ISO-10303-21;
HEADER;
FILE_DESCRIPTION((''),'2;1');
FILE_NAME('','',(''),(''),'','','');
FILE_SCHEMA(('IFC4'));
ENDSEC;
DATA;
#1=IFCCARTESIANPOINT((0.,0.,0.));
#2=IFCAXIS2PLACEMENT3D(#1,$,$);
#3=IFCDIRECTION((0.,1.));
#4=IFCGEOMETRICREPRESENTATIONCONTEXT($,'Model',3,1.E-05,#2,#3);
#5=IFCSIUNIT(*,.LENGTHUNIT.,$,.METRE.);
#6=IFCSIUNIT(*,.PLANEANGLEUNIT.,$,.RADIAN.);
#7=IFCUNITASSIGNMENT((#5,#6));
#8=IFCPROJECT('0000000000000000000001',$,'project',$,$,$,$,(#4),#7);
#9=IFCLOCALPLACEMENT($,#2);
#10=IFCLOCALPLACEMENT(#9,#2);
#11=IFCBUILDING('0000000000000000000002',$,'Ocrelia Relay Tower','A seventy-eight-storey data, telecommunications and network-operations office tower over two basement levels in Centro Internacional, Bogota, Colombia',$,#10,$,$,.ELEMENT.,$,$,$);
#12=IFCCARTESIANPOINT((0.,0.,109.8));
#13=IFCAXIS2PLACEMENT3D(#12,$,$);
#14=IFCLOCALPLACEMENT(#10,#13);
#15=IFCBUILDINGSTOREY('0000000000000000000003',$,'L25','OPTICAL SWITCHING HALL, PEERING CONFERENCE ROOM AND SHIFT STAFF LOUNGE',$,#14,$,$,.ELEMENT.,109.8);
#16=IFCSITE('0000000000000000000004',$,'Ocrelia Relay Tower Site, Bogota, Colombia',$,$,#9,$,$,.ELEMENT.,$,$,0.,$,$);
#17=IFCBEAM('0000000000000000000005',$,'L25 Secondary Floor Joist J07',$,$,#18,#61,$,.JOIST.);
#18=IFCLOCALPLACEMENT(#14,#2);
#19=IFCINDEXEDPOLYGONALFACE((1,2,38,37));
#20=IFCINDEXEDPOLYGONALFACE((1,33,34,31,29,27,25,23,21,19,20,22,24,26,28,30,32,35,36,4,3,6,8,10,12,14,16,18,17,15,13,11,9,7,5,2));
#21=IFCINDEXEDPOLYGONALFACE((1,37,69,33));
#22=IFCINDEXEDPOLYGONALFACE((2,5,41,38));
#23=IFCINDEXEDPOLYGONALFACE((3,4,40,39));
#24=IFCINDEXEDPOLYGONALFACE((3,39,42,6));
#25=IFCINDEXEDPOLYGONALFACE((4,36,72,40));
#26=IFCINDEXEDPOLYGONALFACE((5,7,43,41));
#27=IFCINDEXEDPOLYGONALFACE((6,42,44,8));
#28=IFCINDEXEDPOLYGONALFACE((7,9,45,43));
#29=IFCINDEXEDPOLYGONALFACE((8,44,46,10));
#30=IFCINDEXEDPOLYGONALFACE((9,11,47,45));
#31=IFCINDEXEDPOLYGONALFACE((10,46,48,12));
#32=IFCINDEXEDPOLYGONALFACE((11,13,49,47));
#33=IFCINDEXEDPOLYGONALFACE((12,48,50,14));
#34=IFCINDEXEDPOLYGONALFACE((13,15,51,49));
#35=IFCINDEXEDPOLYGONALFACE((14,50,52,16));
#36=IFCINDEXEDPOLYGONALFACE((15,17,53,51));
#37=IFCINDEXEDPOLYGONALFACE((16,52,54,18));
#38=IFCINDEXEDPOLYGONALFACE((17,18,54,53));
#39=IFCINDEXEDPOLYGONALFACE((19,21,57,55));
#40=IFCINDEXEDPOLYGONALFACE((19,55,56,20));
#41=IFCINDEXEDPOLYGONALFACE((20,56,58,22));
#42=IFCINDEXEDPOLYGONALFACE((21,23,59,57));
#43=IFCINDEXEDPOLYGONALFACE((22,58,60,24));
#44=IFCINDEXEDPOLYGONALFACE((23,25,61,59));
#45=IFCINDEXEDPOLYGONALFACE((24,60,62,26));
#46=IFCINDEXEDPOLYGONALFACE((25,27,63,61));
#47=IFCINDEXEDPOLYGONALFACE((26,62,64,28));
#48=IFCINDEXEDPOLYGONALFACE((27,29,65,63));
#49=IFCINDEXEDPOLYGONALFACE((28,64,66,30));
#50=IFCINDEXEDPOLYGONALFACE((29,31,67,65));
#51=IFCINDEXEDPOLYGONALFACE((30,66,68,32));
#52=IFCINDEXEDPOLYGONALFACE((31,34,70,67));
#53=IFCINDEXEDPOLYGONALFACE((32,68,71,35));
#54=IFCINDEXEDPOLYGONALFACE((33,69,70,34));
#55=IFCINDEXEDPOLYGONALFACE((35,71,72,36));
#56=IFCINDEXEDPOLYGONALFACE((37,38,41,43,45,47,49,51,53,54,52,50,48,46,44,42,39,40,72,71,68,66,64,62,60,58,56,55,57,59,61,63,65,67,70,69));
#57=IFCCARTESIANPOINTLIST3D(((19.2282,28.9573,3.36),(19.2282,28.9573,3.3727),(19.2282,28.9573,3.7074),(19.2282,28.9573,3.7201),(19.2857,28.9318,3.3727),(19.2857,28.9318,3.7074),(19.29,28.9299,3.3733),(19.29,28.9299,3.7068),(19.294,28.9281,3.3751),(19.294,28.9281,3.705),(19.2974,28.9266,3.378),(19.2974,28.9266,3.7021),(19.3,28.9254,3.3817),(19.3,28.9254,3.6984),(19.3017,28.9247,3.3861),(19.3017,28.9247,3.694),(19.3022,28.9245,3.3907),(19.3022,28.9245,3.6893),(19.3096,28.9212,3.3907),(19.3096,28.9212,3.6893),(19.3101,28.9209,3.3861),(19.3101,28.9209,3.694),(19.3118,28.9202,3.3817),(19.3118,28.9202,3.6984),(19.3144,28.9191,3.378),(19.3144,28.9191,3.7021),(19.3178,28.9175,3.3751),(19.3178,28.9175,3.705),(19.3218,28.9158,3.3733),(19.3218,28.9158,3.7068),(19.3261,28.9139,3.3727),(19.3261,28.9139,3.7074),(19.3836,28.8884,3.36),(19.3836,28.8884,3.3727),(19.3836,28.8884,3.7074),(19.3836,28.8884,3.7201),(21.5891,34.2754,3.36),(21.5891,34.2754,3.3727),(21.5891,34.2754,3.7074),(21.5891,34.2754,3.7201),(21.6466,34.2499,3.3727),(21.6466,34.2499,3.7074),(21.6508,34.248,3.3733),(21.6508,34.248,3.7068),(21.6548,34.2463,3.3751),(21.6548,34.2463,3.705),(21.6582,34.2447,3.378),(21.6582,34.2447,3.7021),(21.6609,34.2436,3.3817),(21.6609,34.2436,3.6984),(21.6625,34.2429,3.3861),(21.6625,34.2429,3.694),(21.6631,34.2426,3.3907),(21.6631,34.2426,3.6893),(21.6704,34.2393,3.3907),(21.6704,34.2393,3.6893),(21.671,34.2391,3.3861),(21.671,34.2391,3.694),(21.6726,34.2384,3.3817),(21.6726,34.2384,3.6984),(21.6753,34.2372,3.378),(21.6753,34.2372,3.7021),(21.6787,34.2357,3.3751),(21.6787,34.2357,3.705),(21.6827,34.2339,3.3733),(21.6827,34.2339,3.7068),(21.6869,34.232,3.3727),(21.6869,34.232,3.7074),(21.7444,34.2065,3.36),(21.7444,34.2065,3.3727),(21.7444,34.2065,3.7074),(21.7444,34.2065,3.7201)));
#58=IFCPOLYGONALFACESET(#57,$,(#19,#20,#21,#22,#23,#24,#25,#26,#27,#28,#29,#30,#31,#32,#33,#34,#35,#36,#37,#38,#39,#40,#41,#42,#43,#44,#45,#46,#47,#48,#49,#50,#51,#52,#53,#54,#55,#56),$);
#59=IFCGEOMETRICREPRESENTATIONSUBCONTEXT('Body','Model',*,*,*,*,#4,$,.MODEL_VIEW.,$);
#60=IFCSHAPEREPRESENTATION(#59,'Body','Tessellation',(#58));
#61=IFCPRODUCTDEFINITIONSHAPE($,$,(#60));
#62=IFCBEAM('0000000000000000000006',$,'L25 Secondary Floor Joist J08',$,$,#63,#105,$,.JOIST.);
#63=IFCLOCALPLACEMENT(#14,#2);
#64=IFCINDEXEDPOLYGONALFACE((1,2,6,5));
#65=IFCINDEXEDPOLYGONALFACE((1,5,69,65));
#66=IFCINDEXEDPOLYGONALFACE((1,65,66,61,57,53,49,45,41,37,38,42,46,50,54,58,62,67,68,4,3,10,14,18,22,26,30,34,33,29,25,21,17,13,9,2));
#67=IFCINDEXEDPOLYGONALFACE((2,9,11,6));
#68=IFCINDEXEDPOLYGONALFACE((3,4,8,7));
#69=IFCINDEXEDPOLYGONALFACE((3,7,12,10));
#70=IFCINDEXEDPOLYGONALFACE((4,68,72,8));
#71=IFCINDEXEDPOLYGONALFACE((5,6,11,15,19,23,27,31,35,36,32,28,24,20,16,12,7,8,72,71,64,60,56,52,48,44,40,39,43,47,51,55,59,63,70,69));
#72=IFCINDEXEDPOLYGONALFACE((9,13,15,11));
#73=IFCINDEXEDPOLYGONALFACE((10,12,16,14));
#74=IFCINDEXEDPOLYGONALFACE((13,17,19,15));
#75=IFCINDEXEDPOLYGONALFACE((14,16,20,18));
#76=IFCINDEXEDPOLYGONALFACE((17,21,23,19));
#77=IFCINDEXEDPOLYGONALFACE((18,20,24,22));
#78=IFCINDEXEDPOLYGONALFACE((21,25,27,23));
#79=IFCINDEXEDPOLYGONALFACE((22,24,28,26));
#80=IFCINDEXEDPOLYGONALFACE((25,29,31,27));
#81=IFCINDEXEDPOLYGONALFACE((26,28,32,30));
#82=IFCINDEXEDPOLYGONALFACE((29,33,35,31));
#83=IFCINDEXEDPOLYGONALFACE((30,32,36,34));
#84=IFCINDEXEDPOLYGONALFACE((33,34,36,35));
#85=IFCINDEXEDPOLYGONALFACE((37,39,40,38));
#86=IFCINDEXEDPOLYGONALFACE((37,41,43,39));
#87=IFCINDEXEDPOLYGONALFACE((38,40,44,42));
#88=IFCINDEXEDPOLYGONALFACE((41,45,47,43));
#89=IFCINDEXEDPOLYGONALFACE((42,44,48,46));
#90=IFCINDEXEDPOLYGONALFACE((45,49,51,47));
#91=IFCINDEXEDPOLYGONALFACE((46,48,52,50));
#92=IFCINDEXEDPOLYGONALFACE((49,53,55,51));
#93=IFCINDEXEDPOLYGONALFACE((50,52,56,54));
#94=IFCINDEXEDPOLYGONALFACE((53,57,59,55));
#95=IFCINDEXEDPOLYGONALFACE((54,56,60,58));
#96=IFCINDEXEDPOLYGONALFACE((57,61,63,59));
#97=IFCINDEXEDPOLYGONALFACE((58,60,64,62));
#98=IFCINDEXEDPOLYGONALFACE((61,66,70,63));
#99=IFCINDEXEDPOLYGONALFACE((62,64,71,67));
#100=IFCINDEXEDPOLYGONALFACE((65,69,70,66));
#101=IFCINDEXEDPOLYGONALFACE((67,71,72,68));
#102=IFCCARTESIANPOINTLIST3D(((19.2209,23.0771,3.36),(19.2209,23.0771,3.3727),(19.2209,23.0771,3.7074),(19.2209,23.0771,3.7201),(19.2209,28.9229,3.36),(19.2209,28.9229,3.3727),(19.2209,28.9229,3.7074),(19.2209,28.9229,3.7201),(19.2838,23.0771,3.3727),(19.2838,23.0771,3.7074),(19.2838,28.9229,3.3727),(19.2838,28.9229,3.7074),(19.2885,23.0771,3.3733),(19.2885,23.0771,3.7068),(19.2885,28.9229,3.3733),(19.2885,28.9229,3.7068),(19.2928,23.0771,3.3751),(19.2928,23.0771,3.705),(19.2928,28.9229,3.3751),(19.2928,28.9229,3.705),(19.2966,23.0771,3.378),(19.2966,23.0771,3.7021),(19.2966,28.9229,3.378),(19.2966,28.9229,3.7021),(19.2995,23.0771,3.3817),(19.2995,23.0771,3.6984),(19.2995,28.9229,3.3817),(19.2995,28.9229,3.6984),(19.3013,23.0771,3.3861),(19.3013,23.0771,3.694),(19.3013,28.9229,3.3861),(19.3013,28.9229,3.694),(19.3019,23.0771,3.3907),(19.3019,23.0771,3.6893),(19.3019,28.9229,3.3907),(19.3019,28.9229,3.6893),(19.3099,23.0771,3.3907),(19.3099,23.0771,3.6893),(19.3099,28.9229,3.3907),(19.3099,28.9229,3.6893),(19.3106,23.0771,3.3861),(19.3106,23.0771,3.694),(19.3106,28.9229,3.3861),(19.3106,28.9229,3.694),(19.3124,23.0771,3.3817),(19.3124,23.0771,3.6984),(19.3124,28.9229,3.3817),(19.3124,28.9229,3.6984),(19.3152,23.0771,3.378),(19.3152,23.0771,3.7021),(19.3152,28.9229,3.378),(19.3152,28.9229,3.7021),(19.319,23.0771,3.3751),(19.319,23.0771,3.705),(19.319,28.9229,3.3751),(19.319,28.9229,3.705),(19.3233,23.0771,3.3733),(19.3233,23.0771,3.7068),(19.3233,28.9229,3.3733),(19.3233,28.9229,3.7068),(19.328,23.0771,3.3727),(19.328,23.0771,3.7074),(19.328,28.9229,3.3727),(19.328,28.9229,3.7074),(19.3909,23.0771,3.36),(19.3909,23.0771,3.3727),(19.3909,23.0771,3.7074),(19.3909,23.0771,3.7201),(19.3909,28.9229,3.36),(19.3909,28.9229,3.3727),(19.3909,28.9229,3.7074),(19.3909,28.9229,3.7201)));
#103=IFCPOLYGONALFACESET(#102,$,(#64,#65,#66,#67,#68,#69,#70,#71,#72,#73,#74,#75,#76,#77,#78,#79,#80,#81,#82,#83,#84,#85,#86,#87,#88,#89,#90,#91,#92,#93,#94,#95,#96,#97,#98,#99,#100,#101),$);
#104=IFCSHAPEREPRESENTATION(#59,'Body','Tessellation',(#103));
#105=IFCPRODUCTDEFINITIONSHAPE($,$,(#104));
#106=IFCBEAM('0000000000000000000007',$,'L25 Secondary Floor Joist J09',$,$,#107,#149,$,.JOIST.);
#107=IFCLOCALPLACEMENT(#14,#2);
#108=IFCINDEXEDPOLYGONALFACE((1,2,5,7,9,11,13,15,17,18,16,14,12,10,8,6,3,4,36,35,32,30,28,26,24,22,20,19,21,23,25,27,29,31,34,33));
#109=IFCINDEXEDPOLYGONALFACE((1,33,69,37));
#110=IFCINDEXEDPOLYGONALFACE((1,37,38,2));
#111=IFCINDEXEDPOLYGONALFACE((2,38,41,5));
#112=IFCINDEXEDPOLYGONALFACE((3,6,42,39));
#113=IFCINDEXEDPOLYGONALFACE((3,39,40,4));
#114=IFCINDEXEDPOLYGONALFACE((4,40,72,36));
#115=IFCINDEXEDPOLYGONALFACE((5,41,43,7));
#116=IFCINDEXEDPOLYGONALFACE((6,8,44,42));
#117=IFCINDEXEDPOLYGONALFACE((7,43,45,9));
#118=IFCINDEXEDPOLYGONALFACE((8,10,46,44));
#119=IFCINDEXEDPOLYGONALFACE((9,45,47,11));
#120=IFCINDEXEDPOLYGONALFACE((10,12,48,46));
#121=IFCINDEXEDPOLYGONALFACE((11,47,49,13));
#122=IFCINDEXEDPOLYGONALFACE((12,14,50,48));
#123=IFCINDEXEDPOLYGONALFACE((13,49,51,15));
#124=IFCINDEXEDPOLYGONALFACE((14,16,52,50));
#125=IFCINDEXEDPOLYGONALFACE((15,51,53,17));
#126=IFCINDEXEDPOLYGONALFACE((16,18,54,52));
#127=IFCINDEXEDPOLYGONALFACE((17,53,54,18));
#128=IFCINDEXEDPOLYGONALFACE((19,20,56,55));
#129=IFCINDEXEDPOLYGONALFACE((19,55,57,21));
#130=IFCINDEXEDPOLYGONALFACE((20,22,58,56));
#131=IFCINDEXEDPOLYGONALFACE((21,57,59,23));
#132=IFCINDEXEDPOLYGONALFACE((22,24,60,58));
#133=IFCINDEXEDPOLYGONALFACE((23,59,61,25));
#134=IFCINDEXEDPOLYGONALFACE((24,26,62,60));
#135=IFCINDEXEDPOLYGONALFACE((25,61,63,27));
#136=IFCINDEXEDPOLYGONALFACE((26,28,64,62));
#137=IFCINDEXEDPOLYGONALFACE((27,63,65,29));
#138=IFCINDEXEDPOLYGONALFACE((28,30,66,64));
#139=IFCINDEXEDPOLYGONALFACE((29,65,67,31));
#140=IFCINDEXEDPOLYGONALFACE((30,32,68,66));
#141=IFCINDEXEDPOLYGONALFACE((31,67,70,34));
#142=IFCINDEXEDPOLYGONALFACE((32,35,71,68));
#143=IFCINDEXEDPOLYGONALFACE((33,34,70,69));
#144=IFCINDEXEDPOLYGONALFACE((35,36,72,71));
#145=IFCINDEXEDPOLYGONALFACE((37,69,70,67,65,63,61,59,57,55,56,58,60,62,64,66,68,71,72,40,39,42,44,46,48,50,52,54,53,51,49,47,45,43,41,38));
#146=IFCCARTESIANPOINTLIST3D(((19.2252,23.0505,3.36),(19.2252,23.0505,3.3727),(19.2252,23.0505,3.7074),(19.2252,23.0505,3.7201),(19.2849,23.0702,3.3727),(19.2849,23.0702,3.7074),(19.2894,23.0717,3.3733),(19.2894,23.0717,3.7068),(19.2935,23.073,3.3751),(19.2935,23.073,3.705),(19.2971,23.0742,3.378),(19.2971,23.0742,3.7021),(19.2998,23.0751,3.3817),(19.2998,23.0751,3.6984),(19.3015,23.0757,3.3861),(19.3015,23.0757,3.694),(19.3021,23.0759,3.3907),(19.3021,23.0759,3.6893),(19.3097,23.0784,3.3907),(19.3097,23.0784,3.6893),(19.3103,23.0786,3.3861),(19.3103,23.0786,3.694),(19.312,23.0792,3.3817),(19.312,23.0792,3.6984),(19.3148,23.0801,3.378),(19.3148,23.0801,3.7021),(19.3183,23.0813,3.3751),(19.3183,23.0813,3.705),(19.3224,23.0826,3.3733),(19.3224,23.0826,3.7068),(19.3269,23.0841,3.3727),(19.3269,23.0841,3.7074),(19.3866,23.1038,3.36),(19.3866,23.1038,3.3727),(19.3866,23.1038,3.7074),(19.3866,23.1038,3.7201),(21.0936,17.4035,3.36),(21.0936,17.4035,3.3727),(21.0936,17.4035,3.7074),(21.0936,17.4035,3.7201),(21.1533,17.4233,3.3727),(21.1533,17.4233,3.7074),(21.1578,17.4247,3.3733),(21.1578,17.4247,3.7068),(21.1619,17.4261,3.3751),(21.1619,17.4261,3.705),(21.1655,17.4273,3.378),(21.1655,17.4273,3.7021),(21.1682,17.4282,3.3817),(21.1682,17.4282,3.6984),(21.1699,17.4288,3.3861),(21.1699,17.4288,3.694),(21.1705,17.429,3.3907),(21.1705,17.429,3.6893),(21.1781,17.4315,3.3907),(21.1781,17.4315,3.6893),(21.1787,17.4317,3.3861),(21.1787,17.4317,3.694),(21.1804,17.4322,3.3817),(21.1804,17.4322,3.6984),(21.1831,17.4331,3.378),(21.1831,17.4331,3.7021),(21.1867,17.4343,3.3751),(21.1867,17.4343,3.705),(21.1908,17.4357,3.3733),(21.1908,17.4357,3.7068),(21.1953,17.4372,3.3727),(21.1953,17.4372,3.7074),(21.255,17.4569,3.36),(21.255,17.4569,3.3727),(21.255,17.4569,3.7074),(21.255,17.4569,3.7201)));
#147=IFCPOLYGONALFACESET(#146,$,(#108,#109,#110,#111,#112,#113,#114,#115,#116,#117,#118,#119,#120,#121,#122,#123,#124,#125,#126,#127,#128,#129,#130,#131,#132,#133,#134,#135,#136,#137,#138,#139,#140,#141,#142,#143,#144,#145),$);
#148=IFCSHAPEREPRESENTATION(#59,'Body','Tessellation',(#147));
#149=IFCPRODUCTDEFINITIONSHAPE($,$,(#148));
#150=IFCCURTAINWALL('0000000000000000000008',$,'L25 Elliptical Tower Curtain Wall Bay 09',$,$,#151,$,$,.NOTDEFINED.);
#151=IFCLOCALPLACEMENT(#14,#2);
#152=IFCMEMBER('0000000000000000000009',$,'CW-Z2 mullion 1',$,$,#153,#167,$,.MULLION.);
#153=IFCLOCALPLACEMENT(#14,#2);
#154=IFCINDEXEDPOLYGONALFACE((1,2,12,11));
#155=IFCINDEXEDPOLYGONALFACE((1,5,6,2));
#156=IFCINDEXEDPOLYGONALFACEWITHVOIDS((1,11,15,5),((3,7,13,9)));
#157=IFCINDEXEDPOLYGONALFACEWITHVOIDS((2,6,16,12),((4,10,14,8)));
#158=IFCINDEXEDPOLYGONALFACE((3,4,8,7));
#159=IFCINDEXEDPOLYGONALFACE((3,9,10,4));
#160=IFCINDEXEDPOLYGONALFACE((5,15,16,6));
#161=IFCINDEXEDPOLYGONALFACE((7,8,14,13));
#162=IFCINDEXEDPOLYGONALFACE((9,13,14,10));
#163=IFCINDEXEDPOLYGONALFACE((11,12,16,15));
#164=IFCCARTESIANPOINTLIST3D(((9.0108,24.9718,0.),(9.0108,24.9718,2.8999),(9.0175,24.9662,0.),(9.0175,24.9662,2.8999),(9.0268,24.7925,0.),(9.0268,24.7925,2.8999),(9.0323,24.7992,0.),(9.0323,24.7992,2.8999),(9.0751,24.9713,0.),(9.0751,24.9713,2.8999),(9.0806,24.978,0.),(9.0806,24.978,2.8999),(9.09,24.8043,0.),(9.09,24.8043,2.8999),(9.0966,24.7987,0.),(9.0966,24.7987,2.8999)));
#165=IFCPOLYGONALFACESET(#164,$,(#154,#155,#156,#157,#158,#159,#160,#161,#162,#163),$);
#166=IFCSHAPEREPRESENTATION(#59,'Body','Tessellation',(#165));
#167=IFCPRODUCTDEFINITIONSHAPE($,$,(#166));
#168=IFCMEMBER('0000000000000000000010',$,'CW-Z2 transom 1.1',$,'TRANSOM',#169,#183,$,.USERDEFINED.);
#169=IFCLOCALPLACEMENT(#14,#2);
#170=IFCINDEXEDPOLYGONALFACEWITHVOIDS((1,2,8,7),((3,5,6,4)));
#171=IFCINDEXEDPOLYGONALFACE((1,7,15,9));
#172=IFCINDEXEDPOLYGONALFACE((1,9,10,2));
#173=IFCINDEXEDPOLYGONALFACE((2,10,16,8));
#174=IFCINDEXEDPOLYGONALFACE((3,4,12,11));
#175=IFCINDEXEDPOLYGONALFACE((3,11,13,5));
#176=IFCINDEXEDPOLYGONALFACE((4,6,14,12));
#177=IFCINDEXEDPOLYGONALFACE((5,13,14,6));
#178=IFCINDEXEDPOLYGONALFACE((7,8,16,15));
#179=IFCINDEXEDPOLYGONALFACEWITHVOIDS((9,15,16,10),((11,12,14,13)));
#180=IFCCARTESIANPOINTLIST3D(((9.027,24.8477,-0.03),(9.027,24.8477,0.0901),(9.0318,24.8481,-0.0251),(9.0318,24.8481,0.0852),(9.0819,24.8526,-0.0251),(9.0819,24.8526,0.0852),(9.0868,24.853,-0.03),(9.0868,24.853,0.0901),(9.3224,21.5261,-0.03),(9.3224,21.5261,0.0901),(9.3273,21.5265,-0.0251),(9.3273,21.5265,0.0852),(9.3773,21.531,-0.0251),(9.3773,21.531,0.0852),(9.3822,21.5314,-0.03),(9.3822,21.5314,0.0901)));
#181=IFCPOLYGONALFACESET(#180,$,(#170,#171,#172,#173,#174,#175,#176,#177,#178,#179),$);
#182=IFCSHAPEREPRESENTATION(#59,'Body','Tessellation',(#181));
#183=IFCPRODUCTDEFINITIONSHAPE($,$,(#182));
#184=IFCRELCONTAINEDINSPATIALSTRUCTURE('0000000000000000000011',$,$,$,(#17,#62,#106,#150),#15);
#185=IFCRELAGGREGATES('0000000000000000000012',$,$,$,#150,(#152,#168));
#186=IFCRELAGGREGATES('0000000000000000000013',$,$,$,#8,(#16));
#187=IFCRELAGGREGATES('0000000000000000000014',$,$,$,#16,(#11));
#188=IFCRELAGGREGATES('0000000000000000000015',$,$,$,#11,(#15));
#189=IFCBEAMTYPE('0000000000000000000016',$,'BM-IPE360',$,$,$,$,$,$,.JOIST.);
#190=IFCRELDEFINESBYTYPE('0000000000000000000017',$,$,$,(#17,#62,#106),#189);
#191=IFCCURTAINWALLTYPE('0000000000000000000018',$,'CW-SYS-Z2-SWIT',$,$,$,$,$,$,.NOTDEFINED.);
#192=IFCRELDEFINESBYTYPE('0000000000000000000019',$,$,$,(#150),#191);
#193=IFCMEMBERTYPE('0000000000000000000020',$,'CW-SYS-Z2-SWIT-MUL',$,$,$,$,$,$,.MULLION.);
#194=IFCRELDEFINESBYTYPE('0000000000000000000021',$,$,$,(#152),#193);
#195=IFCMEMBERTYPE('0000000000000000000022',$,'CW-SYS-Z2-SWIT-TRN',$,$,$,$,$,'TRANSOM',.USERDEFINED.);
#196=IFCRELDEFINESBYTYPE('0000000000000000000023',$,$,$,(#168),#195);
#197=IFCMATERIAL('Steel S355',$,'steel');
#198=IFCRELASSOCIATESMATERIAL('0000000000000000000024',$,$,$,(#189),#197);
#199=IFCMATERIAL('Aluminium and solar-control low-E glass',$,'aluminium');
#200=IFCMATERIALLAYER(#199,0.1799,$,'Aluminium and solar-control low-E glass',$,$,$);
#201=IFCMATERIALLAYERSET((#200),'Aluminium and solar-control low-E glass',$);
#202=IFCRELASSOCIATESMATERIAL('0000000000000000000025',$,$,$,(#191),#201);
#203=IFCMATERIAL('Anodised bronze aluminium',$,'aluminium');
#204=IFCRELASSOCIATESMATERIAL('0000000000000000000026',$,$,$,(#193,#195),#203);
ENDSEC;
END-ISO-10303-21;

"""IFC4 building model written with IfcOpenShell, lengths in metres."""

from ifc_helpers import new_model, si_unit, direction, frame, origin, origin_2d, place, context, subcontext, project, spatial, hollow_rectangle, i_section, extrude, material, layer, layer_set, material_profile, profile_set, type_object, element, aggregate, save


model = new_model("IFC4")

# Units and contexts
model_context = context("Model", 3, precision=1e-05, world=origin(), true_north=direction((0.0, 1.0)))
body_context = subcontext(model_context, "Body", "Model", "MODEL_VIEW")
ifc_project = project(units=[si_unit("LENGTHUNIT", "METRE"), si_unit("PLANEANGLEUNIT", "RADIAN")], contexts=[model_context])

# Site, building, storey
site_placement = place(None, origin())
site = spatial("IfcSite", under=ifc_project, at=site_placement, Name="Ocrelia Relay Tower Site, Bogota, Colombia", CompositionType="ELEMENT", RefElevation=0.0)
building_placement = place(site_placement, origin())
building = spatial("IfcBuilding", under=site, at=building_placement, Name="Ocrelia Relay Tower", Description="A seventy-eight-storey data, telecommunications and network-operations office tower over two basement levels in Centro Internacional, Bogota, Colombia", CompositionType="ELEMENT")
storey_placement = place(building_placement, frame((0.0, 0.0, 109.8)))
storey = spatial("IfcBuildingStorey", under=building, at=storey_placement, Name="L25", Description="OPTICAL SWITCHING HALL, PEERING CONFERENCE ROOM AND SHIFT STAFF LOUNGE", CompositionType="ELEMENT", Elevation=109.8)

# Beams
ifc_material_1 = material(Name="Steel S355", Category="steel")
ifc_material_profile_1 = material_profile(ifc_material_1, i_section(OverallWidth=0.1699, OverallDepth=0.3601, WebThickness=0.0081, FlangeThickness=0.0127, FilletRadius=0.0181, at=origin_2d()), Name="IPE 360")
ifc_profile_set_1 = profile_set([ifc_material_profile_1], Name="Steel S355")
beam_type_1 = type_object("IfcBeamType", Name="BM-IPE360", PredefinedType="JOIST", material=ifc_profile_set_1)
beam_1_placement = place(storey_placement, frame((21.6667, 34.241, 3.54), z_axis=(-0.405741, -0.913988, 0.0), x_axis=(0.913988, -0.405741, 0.0)))
element("IfcBeam", 1, at=beam_1_placement, inside=storey, type_object=beam_type_1, Name="L25 Secondary Floor Joist J07", PredefinedType="JOIST", context=body_context, shape_type="SweptSolid", body=[
    extrude(i_section(OverallWidth=0.1699, OverallDepth=0.3601, WebThickness=0.0081, FlangeThickness=0.0127, FilletRadius=0.0181, at=origin_2d()), origin(), (0.0, 0.0, 1.0), 5.8186),
])
beam_2_placement = place(storey_placement, frame((19.3059, 28.9229, 3.54), z_axis=(0.0, -1.0, 0.0), x_axis=(1.0, 0.0, 0.0)))
element("IfcBeam", 2, at=beam_2_placement, inside=storey, type_object=beam_type_1, Name="L25 Secondary Floor Joist J08", PredefinedType="JOIST", context=body_context, shape_type="SweptSolid", body=[
    extrude(i_section(OverallWidth=0.1699, OverallDepth=0.3601, WebThickness=0.0081, FlangeThickness=0.0127, FilletRadius=0.0181, at=origin_2d()), origin(), (0.0, 0.0, 1.0), 5.8457),
])
beam_3_placement = place(storey_placement, frame((19.3059, 23.0771, 3.54), z_axis=(0.314121, -0.949383, 0.0), x_axis=(0.949383, 0.314121, 0.0)))
element("IfcBeam", 3, at=beam_3_placement, inside=storey, type_object=beam_type_1, Name="L25 Secondary Floor Joist J09", PredefinedType="JOIST", context=body_context, shape_type="SweptSolid", body=[
    extrude(i_section(OverallWidth=0.1699, OverallDepth=0.3601, WebThickness=0.0081, FlangeThickness=0.0127, FilletRadius=0.0181, at=origin_2d()), origin(), (0.0, 0.0, 1.0), 5.948),
])

# Curtain wall, members
ifc_material_2 = material(Name="Aluminium and solar-control low-E glass", Category="aluminium")
ifc_layer_1 = layer(ifc_material_2, 0.1799, Name="Aluminium and solar-control low-E glass")
ifc_layer_set_1 = layer_set([ifc_layer_1], Name="Aluminium and solar-control low-E glass")
curtain_wall_type = type_object("IfcCurtainWallType", Name="CW-SYS-Z2-SWIT", PredefinedType="NOTDEFINED", material=ifc_layer_set_1)
curtain_wall_placement = place(storey_placement, origin())
curtain_wall = element("IfcCurtainWall", 4, at=curtain_wall_placement, inside=storey, type_object=curtain_wall_type, Name="L25 Elliptical Tower Curtain Wall Bay 09", PredefinedType="NOTDEFINED")
ifc_material_3 = material(Name="Anodised bronze aluminium", Category="aluminium")
ifc_material_profile_2 = material_profile(ifc_material_3, hollow_rectangle(XDim=0.0701, YDim=0.1799, WallThickness=0.0061, at=origin_2d()), Name="CW-MUL-180x70")
ifc_profile_set_2 = profile_set([ifc_material_profile_2], Name="Anodised bronze aluminium")
member_type_1 = type_object("IfcMemberType", Name="CW-SYS-Z2-SWIT-MUL", PredefinedType="MULLION", material=ifc_profile_set_2)
member_1_placement = place(storey_placement, frame((9.0537, 24.8853, 0.0), z_axis=(0.0, 0.0, 1.0), x_axis=(0.996071, 0.088558, 0.0)))
member_1 = element("IfcMember", 5, at=member_1_placement, type_object=member_type_1, Name="CW-Z2 mullion 1", PredefinedType="MULLION", context=body_context, shape_type="SweptSolid", body=[
    extrude(hollow_rectangle(XDim=0.0701, YDim=0.1799, WallThickness=0.0061, at=origin_2d()), origin(), (0.0, 0.0, 1.0), 2.8999),
])
ifc_material_profile_3 = material_profile(ifc_material_3, hollow_rectangle(XDim=0.0601, YDim=0.1201, WallThickness=0.0049, at=origin_2d()), Name="CW-TRN-120x60")
ifc_profile_set_3 = profile_set([ifc_material_profile_3], Name="Anodised bronze aluminium")
member_type_2 = type_object("IfcMemberType", Name="CW-SYS-Z2-SWIT-TRN", ElementType="TRANSOM", PredefinedType="USERDEFINED", material=ifc_profile_set_3)
member_2_placement = place(storey_placement, frame((9.0569, 24.8503, 0.03), z_axis=(0.088588, -0.996068, 0.0), x_axis=(0.996068, 0.088588, 0.0)))
member_2 = element("IfcMember", 6, at=member_2_placement, type_object=member_type_2, Name="CW-Z2 transom 1.1", ObjectType="TRANSOM", PredefinedType="USERDEFINED", context=body_context, shape_type="SweptSolid", body=[
    extrude(hollow_rectangle(XDim=0.0601, YDim=0.1201, WallThickness=0.0049, at=origin_2d()), origin(), (0.0, 0.0, 1.0), 3.3347),
])
aggregate(curtain_wall, [member_1, member_2])

save(model, "model.ifc")
